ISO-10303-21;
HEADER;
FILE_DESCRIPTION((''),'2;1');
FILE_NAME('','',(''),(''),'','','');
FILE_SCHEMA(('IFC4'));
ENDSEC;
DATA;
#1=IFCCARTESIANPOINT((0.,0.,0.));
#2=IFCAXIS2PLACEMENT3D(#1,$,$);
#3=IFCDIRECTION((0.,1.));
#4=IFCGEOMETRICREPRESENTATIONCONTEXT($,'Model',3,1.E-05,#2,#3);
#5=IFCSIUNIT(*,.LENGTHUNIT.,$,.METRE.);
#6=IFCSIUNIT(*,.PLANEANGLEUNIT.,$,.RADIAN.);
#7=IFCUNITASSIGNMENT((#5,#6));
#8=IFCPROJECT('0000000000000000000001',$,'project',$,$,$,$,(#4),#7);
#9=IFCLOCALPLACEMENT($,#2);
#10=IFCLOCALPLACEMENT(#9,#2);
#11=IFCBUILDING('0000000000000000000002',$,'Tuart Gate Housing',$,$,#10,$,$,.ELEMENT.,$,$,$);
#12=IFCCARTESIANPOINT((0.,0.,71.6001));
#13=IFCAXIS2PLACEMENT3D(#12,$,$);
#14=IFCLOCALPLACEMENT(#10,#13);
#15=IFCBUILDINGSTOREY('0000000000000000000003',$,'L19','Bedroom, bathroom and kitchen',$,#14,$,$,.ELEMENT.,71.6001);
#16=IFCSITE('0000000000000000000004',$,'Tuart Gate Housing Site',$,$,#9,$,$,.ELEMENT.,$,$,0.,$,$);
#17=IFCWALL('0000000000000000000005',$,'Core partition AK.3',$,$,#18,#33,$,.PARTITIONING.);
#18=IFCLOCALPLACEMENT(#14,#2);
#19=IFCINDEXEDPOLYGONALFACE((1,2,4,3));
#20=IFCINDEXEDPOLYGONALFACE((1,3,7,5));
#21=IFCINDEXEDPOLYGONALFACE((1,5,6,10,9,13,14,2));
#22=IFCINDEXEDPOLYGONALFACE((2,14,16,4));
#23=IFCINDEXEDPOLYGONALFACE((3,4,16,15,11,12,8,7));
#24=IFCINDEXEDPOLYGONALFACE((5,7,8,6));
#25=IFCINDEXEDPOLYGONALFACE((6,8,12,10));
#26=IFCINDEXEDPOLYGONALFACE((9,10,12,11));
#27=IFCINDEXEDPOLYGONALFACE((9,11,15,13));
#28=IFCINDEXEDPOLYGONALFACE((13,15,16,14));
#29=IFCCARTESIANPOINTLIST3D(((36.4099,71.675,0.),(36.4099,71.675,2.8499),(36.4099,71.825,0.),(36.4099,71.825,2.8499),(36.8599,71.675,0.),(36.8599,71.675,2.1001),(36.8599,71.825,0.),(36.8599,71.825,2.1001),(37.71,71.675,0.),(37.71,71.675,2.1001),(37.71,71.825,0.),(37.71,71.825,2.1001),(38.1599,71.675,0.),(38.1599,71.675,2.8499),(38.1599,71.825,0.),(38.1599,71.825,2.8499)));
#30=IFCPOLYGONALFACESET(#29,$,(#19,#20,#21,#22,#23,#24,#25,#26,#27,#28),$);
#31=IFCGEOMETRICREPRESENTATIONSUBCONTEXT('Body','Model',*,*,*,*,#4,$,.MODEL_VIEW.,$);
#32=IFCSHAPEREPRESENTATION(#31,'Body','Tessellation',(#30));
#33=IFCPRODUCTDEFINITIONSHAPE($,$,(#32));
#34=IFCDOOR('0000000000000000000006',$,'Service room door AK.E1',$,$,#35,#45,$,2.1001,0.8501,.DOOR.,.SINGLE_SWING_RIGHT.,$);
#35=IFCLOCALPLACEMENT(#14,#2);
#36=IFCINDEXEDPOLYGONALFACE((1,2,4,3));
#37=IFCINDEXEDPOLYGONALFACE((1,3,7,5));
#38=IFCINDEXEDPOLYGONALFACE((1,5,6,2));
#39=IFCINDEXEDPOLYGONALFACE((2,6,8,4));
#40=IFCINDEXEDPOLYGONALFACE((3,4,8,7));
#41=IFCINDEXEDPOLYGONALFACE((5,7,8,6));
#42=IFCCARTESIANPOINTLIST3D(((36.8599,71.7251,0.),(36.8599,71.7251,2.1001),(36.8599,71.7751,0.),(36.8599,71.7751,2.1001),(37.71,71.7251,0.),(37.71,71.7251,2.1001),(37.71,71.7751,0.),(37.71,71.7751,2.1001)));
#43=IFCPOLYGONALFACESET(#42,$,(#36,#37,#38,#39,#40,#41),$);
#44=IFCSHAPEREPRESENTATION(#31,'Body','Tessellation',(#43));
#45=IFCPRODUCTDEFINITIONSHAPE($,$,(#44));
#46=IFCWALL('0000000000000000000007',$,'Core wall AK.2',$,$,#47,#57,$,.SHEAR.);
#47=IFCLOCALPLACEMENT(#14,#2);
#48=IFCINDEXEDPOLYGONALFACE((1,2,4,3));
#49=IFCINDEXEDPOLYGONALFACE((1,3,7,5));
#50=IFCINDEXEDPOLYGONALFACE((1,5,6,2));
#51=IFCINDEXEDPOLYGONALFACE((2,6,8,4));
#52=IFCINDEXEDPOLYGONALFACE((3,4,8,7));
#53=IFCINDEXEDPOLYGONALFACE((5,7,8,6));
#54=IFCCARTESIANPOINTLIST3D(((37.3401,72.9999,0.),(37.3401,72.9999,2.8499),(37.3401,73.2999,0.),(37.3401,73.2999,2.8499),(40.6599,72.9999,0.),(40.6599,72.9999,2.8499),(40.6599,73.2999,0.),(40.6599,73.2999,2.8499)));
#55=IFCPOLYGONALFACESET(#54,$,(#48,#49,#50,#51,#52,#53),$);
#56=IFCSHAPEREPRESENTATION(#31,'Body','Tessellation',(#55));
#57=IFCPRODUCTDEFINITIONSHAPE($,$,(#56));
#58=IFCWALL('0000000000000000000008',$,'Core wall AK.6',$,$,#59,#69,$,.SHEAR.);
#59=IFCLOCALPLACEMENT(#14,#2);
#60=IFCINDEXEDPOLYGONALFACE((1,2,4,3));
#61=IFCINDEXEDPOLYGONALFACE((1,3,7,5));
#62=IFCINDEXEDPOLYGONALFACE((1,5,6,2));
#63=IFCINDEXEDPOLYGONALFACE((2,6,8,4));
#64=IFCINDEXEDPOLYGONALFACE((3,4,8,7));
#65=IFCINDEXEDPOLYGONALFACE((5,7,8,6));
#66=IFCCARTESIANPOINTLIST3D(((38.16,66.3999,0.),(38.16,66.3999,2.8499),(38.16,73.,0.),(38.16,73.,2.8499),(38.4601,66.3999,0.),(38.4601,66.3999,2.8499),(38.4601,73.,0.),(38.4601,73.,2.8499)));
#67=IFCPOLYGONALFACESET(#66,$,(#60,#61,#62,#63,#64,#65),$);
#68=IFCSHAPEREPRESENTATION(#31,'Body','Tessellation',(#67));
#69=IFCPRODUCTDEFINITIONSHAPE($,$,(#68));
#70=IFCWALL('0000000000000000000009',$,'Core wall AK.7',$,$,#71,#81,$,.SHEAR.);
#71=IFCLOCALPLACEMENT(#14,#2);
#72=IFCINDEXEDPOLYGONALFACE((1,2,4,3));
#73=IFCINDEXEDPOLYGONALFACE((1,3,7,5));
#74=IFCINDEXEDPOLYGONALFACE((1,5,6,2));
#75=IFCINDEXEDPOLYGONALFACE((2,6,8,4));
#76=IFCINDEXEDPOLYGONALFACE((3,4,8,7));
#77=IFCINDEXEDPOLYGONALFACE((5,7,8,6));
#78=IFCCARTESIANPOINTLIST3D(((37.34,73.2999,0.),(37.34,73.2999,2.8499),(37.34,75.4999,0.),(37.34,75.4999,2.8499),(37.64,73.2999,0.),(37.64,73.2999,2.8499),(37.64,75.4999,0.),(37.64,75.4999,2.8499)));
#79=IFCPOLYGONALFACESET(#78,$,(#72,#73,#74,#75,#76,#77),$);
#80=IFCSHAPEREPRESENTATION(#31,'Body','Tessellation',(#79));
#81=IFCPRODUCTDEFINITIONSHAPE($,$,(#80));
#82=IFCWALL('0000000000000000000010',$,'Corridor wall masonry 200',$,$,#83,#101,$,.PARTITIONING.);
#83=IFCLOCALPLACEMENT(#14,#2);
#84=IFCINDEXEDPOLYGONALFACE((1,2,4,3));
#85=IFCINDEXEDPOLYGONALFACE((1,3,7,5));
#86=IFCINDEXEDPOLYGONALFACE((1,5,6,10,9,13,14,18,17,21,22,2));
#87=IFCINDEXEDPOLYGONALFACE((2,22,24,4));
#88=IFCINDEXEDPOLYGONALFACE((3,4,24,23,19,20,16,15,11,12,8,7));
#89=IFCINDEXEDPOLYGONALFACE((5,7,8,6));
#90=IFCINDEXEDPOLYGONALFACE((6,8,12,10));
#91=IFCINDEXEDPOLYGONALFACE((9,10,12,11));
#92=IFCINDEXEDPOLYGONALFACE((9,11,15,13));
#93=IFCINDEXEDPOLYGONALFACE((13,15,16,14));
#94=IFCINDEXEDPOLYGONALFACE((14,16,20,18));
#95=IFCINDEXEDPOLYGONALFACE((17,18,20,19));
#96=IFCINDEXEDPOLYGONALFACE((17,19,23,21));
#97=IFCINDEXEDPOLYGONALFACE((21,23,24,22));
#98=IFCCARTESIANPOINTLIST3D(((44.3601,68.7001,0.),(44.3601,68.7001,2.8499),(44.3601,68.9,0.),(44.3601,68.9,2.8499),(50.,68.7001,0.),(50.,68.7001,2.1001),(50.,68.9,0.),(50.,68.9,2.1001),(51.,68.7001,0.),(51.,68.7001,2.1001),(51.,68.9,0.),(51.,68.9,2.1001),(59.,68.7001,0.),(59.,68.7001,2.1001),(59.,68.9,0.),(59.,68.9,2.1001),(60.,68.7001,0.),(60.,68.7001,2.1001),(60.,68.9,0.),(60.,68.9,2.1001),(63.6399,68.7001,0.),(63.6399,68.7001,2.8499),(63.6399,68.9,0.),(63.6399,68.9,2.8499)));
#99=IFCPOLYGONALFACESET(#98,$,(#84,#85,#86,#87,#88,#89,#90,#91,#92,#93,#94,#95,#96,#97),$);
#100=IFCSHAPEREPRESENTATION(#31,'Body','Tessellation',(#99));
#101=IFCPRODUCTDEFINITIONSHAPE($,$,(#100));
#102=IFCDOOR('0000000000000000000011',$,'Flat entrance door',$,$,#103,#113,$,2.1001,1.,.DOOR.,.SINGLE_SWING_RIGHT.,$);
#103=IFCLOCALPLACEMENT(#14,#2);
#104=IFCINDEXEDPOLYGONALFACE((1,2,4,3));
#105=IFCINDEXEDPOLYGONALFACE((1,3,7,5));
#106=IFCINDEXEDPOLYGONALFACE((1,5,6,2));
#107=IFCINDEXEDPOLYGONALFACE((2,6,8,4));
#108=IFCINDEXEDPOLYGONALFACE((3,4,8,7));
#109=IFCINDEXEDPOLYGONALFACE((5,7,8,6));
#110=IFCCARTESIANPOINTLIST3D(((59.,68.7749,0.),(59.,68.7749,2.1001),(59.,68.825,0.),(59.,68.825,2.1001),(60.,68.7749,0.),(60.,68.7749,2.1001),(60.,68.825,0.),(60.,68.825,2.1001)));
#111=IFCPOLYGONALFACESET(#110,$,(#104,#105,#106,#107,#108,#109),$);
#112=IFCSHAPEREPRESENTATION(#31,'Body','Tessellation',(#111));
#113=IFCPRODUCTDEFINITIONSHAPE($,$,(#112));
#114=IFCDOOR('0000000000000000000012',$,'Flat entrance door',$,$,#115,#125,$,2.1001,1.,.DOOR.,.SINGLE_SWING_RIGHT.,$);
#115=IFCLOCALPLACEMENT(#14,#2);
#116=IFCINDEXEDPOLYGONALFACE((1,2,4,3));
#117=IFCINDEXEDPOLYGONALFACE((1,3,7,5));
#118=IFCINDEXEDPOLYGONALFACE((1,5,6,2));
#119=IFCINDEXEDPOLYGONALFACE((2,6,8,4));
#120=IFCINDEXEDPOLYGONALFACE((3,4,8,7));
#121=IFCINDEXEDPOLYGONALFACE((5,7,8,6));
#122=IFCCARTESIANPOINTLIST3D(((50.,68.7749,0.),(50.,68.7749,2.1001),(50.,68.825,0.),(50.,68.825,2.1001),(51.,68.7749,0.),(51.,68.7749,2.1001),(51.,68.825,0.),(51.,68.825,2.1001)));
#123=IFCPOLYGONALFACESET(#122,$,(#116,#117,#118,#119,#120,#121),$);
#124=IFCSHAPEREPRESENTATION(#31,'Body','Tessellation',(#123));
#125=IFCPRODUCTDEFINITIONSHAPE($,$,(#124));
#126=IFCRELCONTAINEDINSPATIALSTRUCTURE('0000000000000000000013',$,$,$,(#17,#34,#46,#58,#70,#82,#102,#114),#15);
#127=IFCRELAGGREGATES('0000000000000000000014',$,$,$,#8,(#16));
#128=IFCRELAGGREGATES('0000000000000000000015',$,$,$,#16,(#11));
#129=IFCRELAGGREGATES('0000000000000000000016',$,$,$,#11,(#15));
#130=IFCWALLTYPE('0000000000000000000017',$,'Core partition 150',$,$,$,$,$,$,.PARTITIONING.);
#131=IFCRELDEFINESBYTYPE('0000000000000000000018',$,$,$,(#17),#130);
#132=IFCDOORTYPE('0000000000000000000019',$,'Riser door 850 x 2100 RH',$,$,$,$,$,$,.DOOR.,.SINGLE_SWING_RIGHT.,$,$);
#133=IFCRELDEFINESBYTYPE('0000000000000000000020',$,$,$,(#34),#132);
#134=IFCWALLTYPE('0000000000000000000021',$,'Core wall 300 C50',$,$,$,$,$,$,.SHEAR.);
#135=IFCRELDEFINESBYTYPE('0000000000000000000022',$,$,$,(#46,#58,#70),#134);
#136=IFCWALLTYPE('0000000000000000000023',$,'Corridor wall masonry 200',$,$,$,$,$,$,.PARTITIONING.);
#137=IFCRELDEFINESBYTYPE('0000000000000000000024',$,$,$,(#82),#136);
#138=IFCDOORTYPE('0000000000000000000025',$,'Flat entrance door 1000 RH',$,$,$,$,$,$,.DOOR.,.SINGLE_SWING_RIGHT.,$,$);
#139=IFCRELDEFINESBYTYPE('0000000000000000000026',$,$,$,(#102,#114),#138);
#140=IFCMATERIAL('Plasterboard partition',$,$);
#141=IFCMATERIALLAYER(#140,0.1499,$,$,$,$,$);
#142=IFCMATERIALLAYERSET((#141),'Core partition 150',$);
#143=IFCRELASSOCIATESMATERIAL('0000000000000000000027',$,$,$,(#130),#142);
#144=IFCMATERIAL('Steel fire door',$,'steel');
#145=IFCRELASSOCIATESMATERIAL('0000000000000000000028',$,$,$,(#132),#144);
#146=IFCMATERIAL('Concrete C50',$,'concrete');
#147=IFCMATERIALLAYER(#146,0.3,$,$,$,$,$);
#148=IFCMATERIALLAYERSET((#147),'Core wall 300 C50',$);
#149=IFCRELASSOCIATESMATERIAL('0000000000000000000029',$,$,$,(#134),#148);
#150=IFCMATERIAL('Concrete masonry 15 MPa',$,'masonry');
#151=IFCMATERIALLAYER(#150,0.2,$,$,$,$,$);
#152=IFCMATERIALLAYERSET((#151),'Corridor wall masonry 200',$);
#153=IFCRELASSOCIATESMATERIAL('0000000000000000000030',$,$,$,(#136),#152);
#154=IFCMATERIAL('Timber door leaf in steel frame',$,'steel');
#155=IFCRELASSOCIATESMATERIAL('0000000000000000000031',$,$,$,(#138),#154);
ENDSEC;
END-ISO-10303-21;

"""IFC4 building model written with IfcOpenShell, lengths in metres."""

from ifc_helpers import new_model, si_unit, direction, frame, frame_2d, origin, place, context, subcontext, project, spatial, rectangle, extrude, material, layer, layer_set, type_object, element, fill, save


model = new_model("IFC4")

# Units and contexts
model_context = context("Model", 3, precision=1e-05, world=origin(), true_north=direction((0.0, 1.0)))
body_context = subcontext(model_context, "Body", "Model", "MODEL_VIEW")
ifc_project = project(units=[si_unit("LENGTHUNIT", "METRE"), si_unit("PLANEANGLEUNIT", "RADIAN")], contexts=[model_context])

# Site, building, storey
site_placement = place(None, origin())
site = spatial("IfcSite", under=ifc_project, at=site_placement, Name="Tuart Gate Housing Site", CompositionType="ELEMENT", RefElevation=0.0)
building_placement = place(site_placement, origin())
building = spatial("IfcBuilding", under=site, at=building_placement, Name="Tuart Gate Housing", CompositionType="ELEMENT")
storey_placement = place(building_placement, frame((0.0, 0.0, 71.6001)))
storey = spatial("IfcBuildingStorey", under=building, at=storey_placement, Name="L19", Description="Bedroom, bathroom and kitchen", CompositionType="ELEMENT", Elevation=71.6001)

# Wall, opening, door
ifc_material_1 = material(Name="Plasterboard partition")
ifc_layer_1 = layer(ifc_material_1, 0.1499)
ifc_layer_set_1 = layer_set([ifc_layer_1], Name="Core partition 150")
wall_type_1 = type_object("IfcWallType", Name="Core partition 150", PredefinedType="PARTITIONING", material=ifc_layer_set_1)
wall_1_placement = place(storey_placement, frame((38.1599, 71.75, 0.0), z_axis=(0.0, 0.0, 1.0), x_axis=(-1.0, 0.0, 0.0)))
wall_1 = element("IfcWall", 1, at=wall_1_placement, inside=storey, type_object=wall_type_1, Name="Core partition AK.3", PredefinedType="PARTITIONING", context=body_context, shape_type="SweptSolid", body=[
    extrude(rectangle(XDim=1.75, YDim=0.1499, at=frame_2d((0.875, 0.0))), origin(), (0.0, 0.0, 1.0), 2.8499),
])
opening_1_placement = place(wall_1_placement, frame((0.45, 0.0, 0.0)))
opening_1 = element("IfcOpeningElement", 2, at=opening_1_placement, cuts=wall_1, PredefinedType="OPENING", context=body_context, shape_type="SweptSolid", body=[
    extrude(rectangle(XDim=0.8501, YDim=2.1001, at=frame_2d((0.425, 1.05))), frame((0.0, 0.085, 0.0), z_axis=(0.0, -1.0, 0.0), x_axis=(1.0, 0.0, 0.0)), (0.0, 0.0, 1.0), 0.1699),
])
ifc_material_2 = material(Name="Steel fire door", Category="steel")
door_type_1 = type_object("IfcDoorType", Name="Riser door 850 x 2100 RH", OperationType="SINGLE_SWING_RIGHT", PredefinedType="DOOR", material=ifc_material_2)
door_1_placement = place(opening_1_placement, frame((0.8501, 0.0, 0.0), z_axis=(0.0, 0.0, 1.0), x_axis=(-1.0, 0.0, 0.0)))
door_1 = element("IfcDoor", 3, at=door_1_placement, inside=storey, type_object=door_type_1, Name="Service room door AK.E1", OperationType="SINGLE_SWING_RIGHT", OverallHeight=2.1001, OverallWidth=0.8501, PredefinedType="DOOR", context=body_context, shape_type="SweptSolid", body=[
    extrude(rectangle(XDim=0.8501, YDim=2.1001, at=frame_2d((0.425, 1.05))), frame((0.0, 0.0251, 0.0), z_axis=(0.0, -1.0, 0.0), x_axis=(1.0, 0.0, 0.0)), (0.0, 0.0, 1.0), 0.05),
])
fill(opening_1, door_1)

# Walls
ifc_material_3 = material(Name="Concrete C50", Category="concrete")
ifc_layer_2 = layer(ifc_material_3, 0.3)
ifc_layer_set_2 = layer_set([ifc_layer_2], Name="Core wall 300 C50")
wall_type_2 = type_object("IfcWallType", Name="Core wall 300 C50", PredefinedType="SHEAR", material=ifc_layer_set_2)
wall_2_placement = place(storey_placement, frame((40.6599, 73.1499, 0.0), z_axis=(0.0, 0.0, 1.0), x_axis=(-1.0, 0.0, 0.0)))
element("IfcWall", 4, at=wall_2_placement, inside=storey, type_object=wall_type_2, Name="Core wall AK.2", PredefinedType="SHEAR", context=body_context, shape_type="SweptSolid", body=[
    extrude(rectangle(XDim=3.3198, YDim=0.3, at=frame_2d((1.6599, 0.0))), origin(), (0.0, 0.0, 1.0), 2.8499),
])
wall_3_placement = place(storey_placement, frame((38.3101, 73.0, 0.0), z_axis=(0.0, 0.0, 1.0), x_axis=(0.0, -1.0, 0.0)))
element("IfcWall", 5, at=wall_3_placement, inside=storey, type_object=wall_type_2, Name="Core wall AK.6", PredefinedType="SHEAR", context=body_context, shape_type="SweptSolid", body=[
    extrude(rectangle(XDim=6.6001, YDim=0.3, at=frame_2d((3.3, 0.0))), origin(), (0.0, 0.0, 1.0), 2.8499),
])
wall_4_placement = place(storey_placement, frame((37.49, 75.5, 0.0), z_axis=(0.0, 0.0, 1.0), x_axis=(0.0, -1.0, 0.0)))
element("IfcWall", 6, at=wall_4_placement, inside=storey, type_object=wall_type_2, Name="Core wall AK.7", PredefinedType="SHEAR", context=body_context, shape_type="SweptSolid", body=[
    extrude(rectangle(XDim=2.2, YDim=0.3, at=frame_2d((1.1001, 0.0))), origin(), (0.0, 0.0, 1.0), 2.8499),
])

# Wall, openings, doors
ifc_material_4 = material(Name="Concrete masonry 15 MPa", Category="masonry")
ifc_layer_3 = layer(ifc_material_4, 0.2)
ifc_layer_set_3 = layer_set([ifc_layer_3], Name="Corridor wall masonry 200")
wall_type_3 = type_object("IfcWallType", Name="Corridor wall masonry 200", PredefinedType="PARTITIONING", material=ifc_layer_set_3)
wall_5_placement = place(storey_placement, frame((44.3601, 68.8, 0.0), z_axis=(0.0, 0.0, 1.0), x_axis=(1.0, 0.0, 0.0)))
wall_5 = element("IfcWall", 7, at=wall_5_placement, inside=storey, type_object=wall_type_3, Name="Corridor wall masonry 200", PredefinedType="PARTITIONING", context=body_context, shape_type="SweptSolid", body=[
    extrude(rectangle(XDim=19.2798, YDim=0.2, at=frame_2d((9.6399, 0.0))), origin(), (0.0, 0.0, 1.0), 2.8499),
])
opening_2_placement = place(wall_5_placement, frame((14.6399, 0.0, 0.0)))
opening_2 = element("IfcOpeningElement", 8, at=opening_2_placement, cuts=wall_5, PredefinedType="OPENING", context=body_context, shape_type="SweptSolid", body=[
    extrude(rectangle(XDim=1.0, YDim=2.1001, at=frame_2d((0.5, 1.05))), frame((0.0, 0.1099, 0.0), z_axis=(0.0, -1.0, 0.0), x_axis=(1.0, 0.0, 0.0)), (0.0, 0.0, 1.0), 0.22),
])
opening_3_placement = place(wall_5_placement, frame((5.6399, 0.0, 0.0)))
opening_3 = element("IfcOpeningElement", 9, at=opening_3_placement, cuts=wall_5, PredefinedType="OPENING", context=body_context, shape_type="SweptSolid", body=[
    extrude(rectangle(XDim=1.0, YDim=2.1001, at=frame_2d((0.5, 1.05))), frame((0.0, 0.1099, 0.0), z_axis=(0.0, -1.0, 0.0), x_axis=(1.0, 0.0, 0.0)), (0.0, 0.0, 1.0), 0.22),
])
ifc_material_5 = material(Name="Timber door leaf in steel frame", Category="steel")
door_type_2 = type_object("IfcDoorType", Name="Flat entrance door 1000 RH", OperationType="SINGLE_SWING_RIGHT", PredefinedType="DOOR", material=ifc_material_5)
door_2_placement = place(opening_2_placement, frame((1.0, 0.0, 0.0), z_axis=(0.0, 0.0, 1.0), x_axis=(-1.0, 0.0, 0.0)))
door_2 = element("IfcDoor", 10, at=door_2_placement, inside=storey, type_object=door_type_2, Name="Flat entrance door", OperationType="SINGLE_SWING_RIGHT", OverallHeight=2.1001, OverallWidth=1.0, PredefinedType="DOOR", context=body_context, shape_type="SweptSolid", body=[
    extrude(rectangle(XDim=1.0, YDim=2.1001, at=frame_2d((0.5, 1.05))), frame((0.0, 0.0251, 0.0), z_axis=(0.0, -1.0, 0.0), x_axis=(1.0, 0.0, 0.0)), (0.0, 0.0, 1.0), 0.05),
])
fill(opening_2, door_2)
door_3_placement = place(opening_3_placement, frame((1.0, 0.0, 0.0), z_axis=(0.0, 0.0, 1.0), x_axis=(-1.0, 0.0, 0.0)))
door_3 = element("IfcDoor", 11, at=door_3_placement, inside=storey, type_object=door_type_2, Name="Flat entrance door", OperationType="SINGLE_SWING_RIGHT", OverallHeight=2.1001, OverallWidth=1.0, PredefinedType="DOOR", context=body_context, shape_type="SweptSolid", body=[
    extrude(rectangle(XDim=1.0, YDim=2.1001, at=frame_2d((0.5, 1.05))), frame((0.0, 0.0251, 0.0), z_axis=(0.0, -1.0, 0.0), x_axis=(1.0, 0.0, 0.0)), (0.0, 0.0, 1.0), 0.05),
])
fill(opening_3, door_3)

save(model, "model.ifc")
